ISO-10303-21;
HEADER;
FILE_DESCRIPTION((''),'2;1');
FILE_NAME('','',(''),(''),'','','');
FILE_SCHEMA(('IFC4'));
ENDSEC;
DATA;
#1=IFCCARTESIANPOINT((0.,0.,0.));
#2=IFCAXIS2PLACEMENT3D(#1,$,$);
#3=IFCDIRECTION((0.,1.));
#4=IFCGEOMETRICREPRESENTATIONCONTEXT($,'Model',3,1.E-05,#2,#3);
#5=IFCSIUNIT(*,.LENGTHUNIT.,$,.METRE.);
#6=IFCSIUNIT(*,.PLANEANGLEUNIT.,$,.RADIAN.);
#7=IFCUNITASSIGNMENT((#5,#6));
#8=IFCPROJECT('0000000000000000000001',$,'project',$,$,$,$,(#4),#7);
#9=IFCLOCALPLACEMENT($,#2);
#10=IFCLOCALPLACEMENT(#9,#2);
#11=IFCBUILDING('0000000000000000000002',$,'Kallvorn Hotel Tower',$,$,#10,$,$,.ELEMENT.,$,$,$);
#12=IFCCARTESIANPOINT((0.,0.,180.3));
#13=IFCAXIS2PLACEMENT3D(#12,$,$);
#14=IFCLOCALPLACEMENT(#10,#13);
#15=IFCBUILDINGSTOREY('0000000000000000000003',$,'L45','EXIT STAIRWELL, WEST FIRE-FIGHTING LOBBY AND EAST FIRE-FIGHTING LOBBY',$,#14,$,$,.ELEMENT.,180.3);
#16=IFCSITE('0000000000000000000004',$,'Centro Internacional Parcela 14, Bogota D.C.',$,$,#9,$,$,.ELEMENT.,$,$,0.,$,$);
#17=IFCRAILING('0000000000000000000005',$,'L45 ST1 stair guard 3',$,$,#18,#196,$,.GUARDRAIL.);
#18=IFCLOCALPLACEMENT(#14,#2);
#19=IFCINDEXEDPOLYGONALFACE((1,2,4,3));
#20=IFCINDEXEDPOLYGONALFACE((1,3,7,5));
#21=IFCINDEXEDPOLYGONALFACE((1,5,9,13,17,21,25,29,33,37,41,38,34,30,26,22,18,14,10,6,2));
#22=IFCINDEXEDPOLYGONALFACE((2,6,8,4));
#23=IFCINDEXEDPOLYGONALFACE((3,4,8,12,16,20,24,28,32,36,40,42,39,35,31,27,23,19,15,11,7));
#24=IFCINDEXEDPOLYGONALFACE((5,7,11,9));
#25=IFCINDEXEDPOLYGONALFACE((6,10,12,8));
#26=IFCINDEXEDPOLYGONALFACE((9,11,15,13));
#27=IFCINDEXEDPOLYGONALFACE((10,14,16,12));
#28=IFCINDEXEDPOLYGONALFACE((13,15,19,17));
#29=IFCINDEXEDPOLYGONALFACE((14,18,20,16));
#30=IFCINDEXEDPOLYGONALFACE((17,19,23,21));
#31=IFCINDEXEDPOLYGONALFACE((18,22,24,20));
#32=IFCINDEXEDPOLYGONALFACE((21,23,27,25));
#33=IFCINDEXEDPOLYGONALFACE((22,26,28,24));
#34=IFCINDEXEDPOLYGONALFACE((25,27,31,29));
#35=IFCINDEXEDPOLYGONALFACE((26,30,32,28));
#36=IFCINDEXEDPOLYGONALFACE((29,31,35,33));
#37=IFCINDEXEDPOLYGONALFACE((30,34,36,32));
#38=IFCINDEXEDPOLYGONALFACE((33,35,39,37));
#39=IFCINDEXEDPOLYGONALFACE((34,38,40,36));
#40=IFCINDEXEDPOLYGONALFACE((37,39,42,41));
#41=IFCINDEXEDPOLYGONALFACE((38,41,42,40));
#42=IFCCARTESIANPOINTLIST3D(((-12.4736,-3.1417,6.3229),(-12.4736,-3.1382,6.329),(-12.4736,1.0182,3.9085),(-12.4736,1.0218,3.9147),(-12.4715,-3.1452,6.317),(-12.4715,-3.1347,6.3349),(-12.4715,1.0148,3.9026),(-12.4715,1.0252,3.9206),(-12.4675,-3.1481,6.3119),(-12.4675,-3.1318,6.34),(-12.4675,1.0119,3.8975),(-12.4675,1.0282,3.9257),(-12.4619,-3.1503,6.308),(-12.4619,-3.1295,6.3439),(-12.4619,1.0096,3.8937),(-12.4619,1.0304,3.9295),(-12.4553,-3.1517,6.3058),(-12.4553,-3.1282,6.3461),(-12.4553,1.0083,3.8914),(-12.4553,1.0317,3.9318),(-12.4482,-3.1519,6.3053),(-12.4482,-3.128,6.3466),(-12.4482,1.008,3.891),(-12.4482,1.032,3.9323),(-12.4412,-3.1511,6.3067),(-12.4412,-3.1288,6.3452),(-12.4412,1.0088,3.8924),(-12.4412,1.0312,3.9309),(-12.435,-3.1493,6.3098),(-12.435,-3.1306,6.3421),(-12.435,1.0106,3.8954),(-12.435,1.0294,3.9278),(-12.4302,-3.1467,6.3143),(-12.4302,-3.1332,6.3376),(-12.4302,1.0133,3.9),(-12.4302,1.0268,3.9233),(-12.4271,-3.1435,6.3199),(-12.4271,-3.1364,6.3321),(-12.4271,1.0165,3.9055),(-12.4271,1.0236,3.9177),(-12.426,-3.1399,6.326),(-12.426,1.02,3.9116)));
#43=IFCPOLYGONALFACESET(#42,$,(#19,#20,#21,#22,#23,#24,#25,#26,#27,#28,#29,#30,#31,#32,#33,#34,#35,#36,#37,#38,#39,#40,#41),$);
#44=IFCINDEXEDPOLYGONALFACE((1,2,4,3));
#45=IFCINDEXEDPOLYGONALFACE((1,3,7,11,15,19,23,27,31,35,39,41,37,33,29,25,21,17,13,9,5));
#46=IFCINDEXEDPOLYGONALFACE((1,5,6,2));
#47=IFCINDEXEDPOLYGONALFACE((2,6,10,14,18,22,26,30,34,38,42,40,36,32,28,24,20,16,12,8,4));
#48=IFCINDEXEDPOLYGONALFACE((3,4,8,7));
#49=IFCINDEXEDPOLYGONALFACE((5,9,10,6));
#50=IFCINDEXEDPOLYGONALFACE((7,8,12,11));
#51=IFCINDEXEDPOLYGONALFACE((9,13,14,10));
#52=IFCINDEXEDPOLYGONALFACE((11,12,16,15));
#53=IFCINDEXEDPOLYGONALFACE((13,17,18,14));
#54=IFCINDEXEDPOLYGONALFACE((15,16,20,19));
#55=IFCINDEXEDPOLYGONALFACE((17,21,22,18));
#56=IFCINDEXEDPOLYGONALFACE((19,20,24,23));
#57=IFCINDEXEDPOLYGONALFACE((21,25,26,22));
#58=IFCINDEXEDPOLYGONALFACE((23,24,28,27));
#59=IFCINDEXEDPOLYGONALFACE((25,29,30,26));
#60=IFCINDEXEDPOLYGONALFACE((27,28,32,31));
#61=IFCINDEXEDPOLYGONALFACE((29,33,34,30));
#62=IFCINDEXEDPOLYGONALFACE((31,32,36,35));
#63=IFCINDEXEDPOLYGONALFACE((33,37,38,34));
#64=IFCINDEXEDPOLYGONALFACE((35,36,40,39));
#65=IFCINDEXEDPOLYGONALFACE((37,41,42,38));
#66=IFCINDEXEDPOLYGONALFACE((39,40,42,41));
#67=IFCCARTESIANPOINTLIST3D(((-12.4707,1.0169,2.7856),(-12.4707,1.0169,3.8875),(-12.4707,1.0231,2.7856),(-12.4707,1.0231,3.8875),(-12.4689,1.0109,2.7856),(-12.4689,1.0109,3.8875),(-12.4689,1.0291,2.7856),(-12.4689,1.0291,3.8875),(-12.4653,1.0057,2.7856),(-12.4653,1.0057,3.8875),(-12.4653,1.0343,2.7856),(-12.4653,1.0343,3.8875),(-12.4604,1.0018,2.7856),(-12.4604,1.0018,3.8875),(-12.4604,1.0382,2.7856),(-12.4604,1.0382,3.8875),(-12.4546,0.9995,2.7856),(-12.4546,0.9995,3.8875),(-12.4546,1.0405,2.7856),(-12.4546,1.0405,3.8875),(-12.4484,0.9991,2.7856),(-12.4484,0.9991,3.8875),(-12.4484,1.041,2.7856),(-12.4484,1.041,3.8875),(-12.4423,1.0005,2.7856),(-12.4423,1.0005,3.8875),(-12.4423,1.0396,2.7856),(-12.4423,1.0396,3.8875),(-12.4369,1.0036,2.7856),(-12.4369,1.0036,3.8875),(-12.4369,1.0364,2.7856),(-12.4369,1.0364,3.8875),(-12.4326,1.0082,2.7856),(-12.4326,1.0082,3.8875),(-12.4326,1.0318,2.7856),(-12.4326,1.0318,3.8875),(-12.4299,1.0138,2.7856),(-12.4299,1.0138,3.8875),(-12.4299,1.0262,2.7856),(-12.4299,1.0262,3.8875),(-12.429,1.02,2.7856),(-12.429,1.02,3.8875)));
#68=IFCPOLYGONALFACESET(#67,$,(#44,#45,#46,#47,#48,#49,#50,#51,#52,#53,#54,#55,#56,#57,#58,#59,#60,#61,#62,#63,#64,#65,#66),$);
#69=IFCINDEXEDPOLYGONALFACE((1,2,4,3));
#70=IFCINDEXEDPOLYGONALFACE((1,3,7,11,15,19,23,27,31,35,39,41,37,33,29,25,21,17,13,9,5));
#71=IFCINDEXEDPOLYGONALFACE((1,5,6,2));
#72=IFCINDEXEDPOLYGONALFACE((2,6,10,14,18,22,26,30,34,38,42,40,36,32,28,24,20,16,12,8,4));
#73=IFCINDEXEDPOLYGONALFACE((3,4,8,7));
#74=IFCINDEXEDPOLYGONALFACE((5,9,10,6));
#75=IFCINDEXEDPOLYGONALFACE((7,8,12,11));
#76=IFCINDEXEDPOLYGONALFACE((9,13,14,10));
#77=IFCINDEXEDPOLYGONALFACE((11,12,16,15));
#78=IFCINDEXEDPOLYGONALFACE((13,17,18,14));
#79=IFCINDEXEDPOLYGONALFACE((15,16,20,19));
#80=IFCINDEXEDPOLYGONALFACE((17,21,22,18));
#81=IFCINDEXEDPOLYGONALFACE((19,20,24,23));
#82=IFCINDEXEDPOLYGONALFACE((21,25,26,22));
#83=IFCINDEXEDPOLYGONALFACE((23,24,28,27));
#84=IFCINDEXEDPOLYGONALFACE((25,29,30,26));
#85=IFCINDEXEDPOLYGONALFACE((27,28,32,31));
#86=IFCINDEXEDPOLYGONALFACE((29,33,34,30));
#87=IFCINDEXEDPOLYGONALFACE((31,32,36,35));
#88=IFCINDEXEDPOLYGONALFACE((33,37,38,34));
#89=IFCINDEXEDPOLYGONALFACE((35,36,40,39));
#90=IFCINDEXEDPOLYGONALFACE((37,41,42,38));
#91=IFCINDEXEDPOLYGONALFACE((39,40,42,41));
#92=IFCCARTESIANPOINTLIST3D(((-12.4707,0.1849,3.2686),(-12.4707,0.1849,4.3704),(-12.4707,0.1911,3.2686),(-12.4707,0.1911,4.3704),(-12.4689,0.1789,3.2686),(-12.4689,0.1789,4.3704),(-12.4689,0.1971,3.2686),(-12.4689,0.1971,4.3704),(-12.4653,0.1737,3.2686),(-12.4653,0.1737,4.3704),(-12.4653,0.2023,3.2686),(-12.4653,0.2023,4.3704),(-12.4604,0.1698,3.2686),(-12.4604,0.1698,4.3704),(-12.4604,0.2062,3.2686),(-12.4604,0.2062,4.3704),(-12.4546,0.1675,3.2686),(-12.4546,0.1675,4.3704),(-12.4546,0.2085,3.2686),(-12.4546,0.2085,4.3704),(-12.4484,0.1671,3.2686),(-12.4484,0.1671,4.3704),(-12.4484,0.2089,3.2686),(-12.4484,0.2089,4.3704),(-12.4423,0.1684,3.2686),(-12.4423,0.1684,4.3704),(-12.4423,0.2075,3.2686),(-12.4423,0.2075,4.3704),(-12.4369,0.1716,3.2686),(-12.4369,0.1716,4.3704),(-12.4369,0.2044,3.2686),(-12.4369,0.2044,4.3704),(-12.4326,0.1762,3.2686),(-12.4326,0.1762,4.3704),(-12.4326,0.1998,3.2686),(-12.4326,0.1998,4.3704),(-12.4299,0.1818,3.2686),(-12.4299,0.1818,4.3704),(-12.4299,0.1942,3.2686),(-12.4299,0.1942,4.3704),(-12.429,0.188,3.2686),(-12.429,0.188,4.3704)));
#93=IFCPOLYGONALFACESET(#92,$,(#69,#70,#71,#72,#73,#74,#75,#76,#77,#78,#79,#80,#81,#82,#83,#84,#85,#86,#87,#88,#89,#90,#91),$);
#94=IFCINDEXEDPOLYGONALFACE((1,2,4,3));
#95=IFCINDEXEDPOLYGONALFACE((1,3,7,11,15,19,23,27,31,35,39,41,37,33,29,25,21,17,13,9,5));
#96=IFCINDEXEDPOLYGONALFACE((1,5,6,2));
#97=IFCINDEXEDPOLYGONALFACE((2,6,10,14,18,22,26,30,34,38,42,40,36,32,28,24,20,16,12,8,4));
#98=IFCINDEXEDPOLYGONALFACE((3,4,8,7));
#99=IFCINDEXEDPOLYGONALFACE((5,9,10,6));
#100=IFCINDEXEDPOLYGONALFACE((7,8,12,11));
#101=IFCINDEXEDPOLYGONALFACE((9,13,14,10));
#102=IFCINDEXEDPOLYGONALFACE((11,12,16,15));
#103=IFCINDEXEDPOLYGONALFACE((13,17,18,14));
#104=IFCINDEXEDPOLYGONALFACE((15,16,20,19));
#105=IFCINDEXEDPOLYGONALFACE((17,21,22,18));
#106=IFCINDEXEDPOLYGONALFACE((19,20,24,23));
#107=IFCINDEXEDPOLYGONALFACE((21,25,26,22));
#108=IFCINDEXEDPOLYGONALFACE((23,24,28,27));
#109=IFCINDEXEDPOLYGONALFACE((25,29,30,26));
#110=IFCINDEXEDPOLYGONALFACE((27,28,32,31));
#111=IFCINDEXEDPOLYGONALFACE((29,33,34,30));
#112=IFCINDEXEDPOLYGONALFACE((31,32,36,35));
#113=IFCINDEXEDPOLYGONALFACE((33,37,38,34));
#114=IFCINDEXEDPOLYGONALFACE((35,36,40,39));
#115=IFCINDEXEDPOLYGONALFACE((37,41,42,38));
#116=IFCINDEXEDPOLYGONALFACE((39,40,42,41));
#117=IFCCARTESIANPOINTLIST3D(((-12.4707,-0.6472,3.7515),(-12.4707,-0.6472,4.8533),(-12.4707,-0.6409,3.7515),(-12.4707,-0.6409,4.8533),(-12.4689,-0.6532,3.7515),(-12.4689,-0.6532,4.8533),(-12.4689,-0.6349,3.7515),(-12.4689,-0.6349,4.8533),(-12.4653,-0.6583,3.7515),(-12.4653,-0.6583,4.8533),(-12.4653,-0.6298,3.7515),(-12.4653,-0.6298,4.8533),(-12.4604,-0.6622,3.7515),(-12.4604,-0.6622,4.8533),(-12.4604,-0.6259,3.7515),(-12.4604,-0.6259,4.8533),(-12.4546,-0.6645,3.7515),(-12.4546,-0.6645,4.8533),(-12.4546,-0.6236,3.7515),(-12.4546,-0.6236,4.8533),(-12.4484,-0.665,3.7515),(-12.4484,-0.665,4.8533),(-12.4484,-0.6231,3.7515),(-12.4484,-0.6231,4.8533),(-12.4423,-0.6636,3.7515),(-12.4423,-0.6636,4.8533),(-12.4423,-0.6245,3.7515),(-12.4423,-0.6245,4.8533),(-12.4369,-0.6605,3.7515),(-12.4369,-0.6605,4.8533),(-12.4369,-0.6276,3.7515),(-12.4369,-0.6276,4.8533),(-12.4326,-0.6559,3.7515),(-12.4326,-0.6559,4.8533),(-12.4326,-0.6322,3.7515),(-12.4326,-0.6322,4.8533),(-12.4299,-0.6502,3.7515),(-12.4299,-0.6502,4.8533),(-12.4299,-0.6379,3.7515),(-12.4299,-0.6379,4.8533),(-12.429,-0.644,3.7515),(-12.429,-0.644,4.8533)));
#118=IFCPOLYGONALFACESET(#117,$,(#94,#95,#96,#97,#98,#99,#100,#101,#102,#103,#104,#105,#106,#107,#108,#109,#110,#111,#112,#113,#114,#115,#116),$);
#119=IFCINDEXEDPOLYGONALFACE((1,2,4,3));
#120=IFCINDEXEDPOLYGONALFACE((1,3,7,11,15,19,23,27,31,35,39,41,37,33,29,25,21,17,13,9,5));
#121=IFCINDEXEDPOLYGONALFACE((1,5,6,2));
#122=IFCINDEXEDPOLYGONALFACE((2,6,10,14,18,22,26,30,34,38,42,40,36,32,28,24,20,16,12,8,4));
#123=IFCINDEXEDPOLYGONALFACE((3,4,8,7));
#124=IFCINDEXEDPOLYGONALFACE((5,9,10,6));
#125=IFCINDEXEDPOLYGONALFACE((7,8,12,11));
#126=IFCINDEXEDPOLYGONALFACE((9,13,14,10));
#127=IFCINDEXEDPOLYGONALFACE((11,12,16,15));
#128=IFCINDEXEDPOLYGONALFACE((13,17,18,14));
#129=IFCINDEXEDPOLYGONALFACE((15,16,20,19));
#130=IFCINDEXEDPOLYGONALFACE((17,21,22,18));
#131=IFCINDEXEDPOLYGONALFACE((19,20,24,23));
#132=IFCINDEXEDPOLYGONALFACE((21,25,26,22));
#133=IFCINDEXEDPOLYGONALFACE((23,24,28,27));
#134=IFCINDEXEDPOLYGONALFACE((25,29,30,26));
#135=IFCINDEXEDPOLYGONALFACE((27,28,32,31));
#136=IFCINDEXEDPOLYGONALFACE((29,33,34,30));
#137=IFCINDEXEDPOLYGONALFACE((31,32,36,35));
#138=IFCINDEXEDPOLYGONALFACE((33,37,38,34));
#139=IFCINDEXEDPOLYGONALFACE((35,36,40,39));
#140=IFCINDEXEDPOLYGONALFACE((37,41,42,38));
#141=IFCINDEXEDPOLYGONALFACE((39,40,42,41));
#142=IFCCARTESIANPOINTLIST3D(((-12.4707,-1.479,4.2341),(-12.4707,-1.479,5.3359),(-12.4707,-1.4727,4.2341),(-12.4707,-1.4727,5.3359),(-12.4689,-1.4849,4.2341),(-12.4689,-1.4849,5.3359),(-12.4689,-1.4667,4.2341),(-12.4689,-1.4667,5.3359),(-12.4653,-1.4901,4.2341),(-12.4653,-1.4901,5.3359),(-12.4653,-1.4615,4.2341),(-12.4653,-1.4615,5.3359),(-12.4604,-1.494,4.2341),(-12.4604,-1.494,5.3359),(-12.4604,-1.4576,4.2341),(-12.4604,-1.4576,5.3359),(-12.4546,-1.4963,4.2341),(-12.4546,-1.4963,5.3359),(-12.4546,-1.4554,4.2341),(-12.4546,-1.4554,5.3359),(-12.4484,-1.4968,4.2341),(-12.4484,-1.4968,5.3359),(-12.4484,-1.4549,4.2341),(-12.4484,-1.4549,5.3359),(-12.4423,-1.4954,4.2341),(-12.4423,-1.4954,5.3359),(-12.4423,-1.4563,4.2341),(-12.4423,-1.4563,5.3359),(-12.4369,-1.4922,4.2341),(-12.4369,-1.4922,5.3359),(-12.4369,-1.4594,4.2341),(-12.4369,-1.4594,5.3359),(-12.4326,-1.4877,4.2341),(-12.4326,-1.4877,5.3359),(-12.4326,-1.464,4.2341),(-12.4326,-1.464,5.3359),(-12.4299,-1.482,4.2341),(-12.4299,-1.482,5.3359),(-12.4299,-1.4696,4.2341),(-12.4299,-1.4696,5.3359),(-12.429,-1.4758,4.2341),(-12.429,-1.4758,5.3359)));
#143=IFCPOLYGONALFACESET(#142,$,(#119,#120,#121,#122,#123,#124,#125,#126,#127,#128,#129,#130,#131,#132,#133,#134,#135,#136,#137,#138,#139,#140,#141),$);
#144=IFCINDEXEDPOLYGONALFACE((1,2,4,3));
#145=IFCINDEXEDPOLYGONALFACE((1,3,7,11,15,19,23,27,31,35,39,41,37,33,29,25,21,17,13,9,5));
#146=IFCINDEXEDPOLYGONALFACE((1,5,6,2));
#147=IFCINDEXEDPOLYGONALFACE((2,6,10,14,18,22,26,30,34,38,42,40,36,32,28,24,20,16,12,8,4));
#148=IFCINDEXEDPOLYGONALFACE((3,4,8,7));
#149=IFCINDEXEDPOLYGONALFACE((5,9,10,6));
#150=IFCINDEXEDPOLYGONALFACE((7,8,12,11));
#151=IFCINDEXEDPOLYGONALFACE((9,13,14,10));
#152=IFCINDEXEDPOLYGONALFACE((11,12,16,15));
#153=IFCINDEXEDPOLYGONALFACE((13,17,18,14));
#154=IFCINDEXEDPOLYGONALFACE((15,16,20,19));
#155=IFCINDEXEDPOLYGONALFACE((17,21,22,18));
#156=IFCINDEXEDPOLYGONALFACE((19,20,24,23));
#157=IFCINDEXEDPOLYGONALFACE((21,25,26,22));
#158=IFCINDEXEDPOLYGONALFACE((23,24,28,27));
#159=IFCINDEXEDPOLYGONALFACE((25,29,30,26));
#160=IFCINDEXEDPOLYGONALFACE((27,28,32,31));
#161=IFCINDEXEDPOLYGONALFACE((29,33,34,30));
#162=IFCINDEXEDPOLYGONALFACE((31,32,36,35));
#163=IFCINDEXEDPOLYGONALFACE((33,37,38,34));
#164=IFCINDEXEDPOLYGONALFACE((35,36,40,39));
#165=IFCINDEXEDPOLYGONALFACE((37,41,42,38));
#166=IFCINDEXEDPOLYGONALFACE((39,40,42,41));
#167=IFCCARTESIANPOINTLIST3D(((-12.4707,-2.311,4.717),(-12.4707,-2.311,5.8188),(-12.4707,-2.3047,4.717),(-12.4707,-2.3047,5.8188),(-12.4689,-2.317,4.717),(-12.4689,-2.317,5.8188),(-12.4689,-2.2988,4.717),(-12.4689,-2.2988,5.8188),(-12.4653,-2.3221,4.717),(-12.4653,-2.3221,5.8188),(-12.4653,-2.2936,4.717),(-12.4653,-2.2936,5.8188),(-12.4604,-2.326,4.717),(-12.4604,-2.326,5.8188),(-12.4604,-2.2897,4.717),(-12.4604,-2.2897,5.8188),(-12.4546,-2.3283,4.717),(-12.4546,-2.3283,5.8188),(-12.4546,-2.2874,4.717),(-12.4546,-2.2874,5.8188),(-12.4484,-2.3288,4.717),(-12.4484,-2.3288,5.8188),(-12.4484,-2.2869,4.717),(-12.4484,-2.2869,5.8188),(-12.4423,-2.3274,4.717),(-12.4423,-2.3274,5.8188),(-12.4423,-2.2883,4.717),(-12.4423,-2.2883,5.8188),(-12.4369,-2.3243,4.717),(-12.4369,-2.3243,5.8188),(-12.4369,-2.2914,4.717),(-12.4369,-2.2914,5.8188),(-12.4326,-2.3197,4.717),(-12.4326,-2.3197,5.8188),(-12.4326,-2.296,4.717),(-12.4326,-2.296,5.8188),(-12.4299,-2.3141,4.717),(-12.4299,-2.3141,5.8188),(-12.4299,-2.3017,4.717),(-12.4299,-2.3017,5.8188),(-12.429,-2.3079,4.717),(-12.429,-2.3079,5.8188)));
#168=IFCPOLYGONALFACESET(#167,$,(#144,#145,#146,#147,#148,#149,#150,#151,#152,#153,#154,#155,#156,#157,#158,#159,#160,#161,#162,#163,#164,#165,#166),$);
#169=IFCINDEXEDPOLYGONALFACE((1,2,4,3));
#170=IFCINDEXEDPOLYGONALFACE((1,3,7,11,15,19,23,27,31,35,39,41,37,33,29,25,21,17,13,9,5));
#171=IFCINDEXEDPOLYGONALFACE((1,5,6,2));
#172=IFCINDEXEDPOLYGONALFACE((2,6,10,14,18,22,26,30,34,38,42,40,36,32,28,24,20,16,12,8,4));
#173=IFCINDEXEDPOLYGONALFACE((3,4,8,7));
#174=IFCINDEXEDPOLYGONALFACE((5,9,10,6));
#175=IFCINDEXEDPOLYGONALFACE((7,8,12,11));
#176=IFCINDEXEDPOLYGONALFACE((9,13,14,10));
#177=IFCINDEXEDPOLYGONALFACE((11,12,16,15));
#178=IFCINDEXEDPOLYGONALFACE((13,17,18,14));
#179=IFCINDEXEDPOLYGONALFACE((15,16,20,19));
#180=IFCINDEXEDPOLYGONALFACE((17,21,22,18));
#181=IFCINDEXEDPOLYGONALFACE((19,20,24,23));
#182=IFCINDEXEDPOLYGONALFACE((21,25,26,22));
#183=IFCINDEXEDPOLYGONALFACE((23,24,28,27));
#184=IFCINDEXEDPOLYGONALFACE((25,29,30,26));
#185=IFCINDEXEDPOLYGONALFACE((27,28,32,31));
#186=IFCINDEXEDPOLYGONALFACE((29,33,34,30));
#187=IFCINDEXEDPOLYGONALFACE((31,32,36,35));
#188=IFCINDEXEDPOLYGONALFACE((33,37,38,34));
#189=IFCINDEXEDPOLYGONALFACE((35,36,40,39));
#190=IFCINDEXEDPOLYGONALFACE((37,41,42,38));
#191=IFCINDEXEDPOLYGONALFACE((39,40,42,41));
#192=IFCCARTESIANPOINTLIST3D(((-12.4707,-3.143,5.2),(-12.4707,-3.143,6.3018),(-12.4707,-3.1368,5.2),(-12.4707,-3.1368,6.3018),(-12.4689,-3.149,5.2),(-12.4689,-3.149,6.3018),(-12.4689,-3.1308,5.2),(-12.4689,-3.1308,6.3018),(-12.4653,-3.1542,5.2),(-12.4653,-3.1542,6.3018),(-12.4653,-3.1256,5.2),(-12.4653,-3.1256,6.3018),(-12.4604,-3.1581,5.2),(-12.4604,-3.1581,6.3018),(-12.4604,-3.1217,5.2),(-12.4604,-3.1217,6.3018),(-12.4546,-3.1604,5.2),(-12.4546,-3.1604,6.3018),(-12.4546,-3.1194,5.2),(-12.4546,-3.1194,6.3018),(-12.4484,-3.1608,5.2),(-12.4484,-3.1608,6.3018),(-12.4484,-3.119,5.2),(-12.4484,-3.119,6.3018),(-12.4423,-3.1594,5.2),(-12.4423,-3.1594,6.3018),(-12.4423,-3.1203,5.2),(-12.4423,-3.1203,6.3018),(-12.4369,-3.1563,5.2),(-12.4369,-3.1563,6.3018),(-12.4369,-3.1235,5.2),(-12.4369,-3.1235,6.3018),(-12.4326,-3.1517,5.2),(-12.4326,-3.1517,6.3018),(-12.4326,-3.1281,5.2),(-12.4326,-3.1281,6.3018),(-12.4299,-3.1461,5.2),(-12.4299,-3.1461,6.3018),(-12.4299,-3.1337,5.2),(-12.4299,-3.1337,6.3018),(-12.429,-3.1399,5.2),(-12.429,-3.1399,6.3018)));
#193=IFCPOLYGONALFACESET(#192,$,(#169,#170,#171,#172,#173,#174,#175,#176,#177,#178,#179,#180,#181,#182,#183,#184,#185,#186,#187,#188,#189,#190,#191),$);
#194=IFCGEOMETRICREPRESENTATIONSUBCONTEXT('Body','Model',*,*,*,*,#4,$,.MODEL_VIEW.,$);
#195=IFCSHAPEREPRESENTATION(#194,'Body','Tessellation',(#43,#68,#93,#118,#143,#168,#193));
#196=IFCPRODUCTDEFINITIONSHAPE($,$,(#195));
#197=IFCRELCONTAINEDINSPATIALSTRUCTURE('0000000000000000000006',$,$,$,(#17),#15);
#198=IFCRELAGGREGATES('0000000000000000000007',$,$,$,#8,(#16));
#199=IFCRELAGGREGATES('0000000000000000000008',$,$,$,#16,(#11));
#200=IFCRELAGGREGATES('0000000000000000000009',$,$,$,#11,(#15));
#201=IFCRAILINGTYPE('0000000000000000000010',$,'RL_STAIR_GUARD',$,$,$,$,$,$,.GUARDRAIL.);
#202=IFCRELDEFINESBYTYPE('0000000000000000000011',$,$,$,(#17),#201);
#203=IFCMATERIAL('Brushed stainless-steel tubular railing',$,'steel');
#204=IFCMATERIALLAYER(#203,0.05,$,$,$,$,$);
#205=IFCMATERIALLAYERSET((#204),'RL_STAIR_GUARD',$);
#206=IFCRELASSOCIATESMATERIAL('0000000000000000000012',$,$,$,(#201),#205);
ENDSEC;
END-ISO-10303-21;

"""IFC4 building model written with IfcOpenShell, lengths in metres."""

from ifc_helpers import new_model, si_unit, direction, frame, origin, origin_2d, place, context, subcontext, project, spatial, circle, extrude, material, layer, layer_set, type_object, element, save


model = new_model("IFC4")

# Units and contexts
model_context = context("Model", 3, precision=1e-05, world=origin(), true_north=direction((0.0, 1.0)))
body_context = subcontext(model_context, "Body", "Model", "MODEL_VIEW")
ifc_project = project(units=[si_unit("LENGTHUNIT", "METRE"), si_unit("PLANEANGLEUNIT", "RADIAN")], contexts=[model_context])

# Site, building, storey
site_placement = place(None, origin())
site = spatial("IfcSite", under=ifc_project, at=site_placement, Name="Centro Internacional Parcela 14, Bogota D.C.", CompositionType="ELEMENT", RefElevation=0.0)
building_placement = place(site_placement, origin())
building = spatial("IfcBuilding", under=site, at=building_placement, Name="Kallvorn Hotel Tower", CompositionType="ELEMENT")
storey_placement = place(building_placement, frame((0.0, 0.0, 180.3)))
storey = spatial("IfcBuildingStorey", under=building, at=storey_placement, Name="L45", Description="EXIT STAIRWELL, WEST FIRE-FIGHTING LOBBY AND EAST FIRE-FIGHTING LOBBY", CompositionType="ELEMENT", Elevation=180.3)

# Railing
ifc_material_1 = material(Name="Brushed stainless-steel tubular railing", Category="steel")
ifc_layer_1 = layer(ifc_material_1, 0.05)
ifc_layer_set_1 = layer_set([ifc_layer_1], Name="RL_STAIR_GUARD")
railing_type_1 = type_object("IfcRailingType", Name="RL_STAIR_GUARD", PredefinedType="GUARDRAIL", material=ifc_layer_set_1)
railing_1_placement = place(storey_placement, frame((-12.45, 1.02, 2.7856)))
element("IfcRailing", 1, at=railing_1_placement, inside=storey, type_object=railing_type_1, Name="L45 ST1 stair guard 3", PredefinedType="GUARDRAIL", context=body_context, shape_type="SweptSolid", body=[
    extrude(circle(Radius=0.0239, at=origin_2d()), frame((0.0, 0.0, 1.126), z_axis=(0.0, -0.864891, 0.50196), x_axis=(1.0, 0.0, 0.0)), (0.0, 0.0, 1.0), 4.8098),
    extrude(circle(Radius=0.021, at=origin_2d()), origin(), (0.0, 0.0, 1.0), 1.1018),
    extrude(circle(Radius=0.021, at=origin_2d()), frame((0.0, -0.832, 0.4829)), (0.0, 0.0, 1.0), 1.1018),
    extrude(circle(Radius=0.021, at=origin_2d()), frame((0.0, -1.6641, 0.9658)), (0.0, 0.0, 1.0), 1.1018),
    extrude(circle(Radius=0.021, at=origin_2d()), frame((0.0, -2.4958, 1.4485)), (0.0, 0.0, 1.0), 1.1018),
    extrude(circle(Radius=0.021, at=origin_2d()), frame((0.0, -3.3279, 1.9314)), (0.0, 0.0, 1.0), 1.1018),
    extrude(circle(Radius=0.021, at=origin_2d()), frame((0.0, -4.1599, 2.4143)), (0.0, 0.0, 1.0), 1.1018),
])

save(model, "model.ifc")
